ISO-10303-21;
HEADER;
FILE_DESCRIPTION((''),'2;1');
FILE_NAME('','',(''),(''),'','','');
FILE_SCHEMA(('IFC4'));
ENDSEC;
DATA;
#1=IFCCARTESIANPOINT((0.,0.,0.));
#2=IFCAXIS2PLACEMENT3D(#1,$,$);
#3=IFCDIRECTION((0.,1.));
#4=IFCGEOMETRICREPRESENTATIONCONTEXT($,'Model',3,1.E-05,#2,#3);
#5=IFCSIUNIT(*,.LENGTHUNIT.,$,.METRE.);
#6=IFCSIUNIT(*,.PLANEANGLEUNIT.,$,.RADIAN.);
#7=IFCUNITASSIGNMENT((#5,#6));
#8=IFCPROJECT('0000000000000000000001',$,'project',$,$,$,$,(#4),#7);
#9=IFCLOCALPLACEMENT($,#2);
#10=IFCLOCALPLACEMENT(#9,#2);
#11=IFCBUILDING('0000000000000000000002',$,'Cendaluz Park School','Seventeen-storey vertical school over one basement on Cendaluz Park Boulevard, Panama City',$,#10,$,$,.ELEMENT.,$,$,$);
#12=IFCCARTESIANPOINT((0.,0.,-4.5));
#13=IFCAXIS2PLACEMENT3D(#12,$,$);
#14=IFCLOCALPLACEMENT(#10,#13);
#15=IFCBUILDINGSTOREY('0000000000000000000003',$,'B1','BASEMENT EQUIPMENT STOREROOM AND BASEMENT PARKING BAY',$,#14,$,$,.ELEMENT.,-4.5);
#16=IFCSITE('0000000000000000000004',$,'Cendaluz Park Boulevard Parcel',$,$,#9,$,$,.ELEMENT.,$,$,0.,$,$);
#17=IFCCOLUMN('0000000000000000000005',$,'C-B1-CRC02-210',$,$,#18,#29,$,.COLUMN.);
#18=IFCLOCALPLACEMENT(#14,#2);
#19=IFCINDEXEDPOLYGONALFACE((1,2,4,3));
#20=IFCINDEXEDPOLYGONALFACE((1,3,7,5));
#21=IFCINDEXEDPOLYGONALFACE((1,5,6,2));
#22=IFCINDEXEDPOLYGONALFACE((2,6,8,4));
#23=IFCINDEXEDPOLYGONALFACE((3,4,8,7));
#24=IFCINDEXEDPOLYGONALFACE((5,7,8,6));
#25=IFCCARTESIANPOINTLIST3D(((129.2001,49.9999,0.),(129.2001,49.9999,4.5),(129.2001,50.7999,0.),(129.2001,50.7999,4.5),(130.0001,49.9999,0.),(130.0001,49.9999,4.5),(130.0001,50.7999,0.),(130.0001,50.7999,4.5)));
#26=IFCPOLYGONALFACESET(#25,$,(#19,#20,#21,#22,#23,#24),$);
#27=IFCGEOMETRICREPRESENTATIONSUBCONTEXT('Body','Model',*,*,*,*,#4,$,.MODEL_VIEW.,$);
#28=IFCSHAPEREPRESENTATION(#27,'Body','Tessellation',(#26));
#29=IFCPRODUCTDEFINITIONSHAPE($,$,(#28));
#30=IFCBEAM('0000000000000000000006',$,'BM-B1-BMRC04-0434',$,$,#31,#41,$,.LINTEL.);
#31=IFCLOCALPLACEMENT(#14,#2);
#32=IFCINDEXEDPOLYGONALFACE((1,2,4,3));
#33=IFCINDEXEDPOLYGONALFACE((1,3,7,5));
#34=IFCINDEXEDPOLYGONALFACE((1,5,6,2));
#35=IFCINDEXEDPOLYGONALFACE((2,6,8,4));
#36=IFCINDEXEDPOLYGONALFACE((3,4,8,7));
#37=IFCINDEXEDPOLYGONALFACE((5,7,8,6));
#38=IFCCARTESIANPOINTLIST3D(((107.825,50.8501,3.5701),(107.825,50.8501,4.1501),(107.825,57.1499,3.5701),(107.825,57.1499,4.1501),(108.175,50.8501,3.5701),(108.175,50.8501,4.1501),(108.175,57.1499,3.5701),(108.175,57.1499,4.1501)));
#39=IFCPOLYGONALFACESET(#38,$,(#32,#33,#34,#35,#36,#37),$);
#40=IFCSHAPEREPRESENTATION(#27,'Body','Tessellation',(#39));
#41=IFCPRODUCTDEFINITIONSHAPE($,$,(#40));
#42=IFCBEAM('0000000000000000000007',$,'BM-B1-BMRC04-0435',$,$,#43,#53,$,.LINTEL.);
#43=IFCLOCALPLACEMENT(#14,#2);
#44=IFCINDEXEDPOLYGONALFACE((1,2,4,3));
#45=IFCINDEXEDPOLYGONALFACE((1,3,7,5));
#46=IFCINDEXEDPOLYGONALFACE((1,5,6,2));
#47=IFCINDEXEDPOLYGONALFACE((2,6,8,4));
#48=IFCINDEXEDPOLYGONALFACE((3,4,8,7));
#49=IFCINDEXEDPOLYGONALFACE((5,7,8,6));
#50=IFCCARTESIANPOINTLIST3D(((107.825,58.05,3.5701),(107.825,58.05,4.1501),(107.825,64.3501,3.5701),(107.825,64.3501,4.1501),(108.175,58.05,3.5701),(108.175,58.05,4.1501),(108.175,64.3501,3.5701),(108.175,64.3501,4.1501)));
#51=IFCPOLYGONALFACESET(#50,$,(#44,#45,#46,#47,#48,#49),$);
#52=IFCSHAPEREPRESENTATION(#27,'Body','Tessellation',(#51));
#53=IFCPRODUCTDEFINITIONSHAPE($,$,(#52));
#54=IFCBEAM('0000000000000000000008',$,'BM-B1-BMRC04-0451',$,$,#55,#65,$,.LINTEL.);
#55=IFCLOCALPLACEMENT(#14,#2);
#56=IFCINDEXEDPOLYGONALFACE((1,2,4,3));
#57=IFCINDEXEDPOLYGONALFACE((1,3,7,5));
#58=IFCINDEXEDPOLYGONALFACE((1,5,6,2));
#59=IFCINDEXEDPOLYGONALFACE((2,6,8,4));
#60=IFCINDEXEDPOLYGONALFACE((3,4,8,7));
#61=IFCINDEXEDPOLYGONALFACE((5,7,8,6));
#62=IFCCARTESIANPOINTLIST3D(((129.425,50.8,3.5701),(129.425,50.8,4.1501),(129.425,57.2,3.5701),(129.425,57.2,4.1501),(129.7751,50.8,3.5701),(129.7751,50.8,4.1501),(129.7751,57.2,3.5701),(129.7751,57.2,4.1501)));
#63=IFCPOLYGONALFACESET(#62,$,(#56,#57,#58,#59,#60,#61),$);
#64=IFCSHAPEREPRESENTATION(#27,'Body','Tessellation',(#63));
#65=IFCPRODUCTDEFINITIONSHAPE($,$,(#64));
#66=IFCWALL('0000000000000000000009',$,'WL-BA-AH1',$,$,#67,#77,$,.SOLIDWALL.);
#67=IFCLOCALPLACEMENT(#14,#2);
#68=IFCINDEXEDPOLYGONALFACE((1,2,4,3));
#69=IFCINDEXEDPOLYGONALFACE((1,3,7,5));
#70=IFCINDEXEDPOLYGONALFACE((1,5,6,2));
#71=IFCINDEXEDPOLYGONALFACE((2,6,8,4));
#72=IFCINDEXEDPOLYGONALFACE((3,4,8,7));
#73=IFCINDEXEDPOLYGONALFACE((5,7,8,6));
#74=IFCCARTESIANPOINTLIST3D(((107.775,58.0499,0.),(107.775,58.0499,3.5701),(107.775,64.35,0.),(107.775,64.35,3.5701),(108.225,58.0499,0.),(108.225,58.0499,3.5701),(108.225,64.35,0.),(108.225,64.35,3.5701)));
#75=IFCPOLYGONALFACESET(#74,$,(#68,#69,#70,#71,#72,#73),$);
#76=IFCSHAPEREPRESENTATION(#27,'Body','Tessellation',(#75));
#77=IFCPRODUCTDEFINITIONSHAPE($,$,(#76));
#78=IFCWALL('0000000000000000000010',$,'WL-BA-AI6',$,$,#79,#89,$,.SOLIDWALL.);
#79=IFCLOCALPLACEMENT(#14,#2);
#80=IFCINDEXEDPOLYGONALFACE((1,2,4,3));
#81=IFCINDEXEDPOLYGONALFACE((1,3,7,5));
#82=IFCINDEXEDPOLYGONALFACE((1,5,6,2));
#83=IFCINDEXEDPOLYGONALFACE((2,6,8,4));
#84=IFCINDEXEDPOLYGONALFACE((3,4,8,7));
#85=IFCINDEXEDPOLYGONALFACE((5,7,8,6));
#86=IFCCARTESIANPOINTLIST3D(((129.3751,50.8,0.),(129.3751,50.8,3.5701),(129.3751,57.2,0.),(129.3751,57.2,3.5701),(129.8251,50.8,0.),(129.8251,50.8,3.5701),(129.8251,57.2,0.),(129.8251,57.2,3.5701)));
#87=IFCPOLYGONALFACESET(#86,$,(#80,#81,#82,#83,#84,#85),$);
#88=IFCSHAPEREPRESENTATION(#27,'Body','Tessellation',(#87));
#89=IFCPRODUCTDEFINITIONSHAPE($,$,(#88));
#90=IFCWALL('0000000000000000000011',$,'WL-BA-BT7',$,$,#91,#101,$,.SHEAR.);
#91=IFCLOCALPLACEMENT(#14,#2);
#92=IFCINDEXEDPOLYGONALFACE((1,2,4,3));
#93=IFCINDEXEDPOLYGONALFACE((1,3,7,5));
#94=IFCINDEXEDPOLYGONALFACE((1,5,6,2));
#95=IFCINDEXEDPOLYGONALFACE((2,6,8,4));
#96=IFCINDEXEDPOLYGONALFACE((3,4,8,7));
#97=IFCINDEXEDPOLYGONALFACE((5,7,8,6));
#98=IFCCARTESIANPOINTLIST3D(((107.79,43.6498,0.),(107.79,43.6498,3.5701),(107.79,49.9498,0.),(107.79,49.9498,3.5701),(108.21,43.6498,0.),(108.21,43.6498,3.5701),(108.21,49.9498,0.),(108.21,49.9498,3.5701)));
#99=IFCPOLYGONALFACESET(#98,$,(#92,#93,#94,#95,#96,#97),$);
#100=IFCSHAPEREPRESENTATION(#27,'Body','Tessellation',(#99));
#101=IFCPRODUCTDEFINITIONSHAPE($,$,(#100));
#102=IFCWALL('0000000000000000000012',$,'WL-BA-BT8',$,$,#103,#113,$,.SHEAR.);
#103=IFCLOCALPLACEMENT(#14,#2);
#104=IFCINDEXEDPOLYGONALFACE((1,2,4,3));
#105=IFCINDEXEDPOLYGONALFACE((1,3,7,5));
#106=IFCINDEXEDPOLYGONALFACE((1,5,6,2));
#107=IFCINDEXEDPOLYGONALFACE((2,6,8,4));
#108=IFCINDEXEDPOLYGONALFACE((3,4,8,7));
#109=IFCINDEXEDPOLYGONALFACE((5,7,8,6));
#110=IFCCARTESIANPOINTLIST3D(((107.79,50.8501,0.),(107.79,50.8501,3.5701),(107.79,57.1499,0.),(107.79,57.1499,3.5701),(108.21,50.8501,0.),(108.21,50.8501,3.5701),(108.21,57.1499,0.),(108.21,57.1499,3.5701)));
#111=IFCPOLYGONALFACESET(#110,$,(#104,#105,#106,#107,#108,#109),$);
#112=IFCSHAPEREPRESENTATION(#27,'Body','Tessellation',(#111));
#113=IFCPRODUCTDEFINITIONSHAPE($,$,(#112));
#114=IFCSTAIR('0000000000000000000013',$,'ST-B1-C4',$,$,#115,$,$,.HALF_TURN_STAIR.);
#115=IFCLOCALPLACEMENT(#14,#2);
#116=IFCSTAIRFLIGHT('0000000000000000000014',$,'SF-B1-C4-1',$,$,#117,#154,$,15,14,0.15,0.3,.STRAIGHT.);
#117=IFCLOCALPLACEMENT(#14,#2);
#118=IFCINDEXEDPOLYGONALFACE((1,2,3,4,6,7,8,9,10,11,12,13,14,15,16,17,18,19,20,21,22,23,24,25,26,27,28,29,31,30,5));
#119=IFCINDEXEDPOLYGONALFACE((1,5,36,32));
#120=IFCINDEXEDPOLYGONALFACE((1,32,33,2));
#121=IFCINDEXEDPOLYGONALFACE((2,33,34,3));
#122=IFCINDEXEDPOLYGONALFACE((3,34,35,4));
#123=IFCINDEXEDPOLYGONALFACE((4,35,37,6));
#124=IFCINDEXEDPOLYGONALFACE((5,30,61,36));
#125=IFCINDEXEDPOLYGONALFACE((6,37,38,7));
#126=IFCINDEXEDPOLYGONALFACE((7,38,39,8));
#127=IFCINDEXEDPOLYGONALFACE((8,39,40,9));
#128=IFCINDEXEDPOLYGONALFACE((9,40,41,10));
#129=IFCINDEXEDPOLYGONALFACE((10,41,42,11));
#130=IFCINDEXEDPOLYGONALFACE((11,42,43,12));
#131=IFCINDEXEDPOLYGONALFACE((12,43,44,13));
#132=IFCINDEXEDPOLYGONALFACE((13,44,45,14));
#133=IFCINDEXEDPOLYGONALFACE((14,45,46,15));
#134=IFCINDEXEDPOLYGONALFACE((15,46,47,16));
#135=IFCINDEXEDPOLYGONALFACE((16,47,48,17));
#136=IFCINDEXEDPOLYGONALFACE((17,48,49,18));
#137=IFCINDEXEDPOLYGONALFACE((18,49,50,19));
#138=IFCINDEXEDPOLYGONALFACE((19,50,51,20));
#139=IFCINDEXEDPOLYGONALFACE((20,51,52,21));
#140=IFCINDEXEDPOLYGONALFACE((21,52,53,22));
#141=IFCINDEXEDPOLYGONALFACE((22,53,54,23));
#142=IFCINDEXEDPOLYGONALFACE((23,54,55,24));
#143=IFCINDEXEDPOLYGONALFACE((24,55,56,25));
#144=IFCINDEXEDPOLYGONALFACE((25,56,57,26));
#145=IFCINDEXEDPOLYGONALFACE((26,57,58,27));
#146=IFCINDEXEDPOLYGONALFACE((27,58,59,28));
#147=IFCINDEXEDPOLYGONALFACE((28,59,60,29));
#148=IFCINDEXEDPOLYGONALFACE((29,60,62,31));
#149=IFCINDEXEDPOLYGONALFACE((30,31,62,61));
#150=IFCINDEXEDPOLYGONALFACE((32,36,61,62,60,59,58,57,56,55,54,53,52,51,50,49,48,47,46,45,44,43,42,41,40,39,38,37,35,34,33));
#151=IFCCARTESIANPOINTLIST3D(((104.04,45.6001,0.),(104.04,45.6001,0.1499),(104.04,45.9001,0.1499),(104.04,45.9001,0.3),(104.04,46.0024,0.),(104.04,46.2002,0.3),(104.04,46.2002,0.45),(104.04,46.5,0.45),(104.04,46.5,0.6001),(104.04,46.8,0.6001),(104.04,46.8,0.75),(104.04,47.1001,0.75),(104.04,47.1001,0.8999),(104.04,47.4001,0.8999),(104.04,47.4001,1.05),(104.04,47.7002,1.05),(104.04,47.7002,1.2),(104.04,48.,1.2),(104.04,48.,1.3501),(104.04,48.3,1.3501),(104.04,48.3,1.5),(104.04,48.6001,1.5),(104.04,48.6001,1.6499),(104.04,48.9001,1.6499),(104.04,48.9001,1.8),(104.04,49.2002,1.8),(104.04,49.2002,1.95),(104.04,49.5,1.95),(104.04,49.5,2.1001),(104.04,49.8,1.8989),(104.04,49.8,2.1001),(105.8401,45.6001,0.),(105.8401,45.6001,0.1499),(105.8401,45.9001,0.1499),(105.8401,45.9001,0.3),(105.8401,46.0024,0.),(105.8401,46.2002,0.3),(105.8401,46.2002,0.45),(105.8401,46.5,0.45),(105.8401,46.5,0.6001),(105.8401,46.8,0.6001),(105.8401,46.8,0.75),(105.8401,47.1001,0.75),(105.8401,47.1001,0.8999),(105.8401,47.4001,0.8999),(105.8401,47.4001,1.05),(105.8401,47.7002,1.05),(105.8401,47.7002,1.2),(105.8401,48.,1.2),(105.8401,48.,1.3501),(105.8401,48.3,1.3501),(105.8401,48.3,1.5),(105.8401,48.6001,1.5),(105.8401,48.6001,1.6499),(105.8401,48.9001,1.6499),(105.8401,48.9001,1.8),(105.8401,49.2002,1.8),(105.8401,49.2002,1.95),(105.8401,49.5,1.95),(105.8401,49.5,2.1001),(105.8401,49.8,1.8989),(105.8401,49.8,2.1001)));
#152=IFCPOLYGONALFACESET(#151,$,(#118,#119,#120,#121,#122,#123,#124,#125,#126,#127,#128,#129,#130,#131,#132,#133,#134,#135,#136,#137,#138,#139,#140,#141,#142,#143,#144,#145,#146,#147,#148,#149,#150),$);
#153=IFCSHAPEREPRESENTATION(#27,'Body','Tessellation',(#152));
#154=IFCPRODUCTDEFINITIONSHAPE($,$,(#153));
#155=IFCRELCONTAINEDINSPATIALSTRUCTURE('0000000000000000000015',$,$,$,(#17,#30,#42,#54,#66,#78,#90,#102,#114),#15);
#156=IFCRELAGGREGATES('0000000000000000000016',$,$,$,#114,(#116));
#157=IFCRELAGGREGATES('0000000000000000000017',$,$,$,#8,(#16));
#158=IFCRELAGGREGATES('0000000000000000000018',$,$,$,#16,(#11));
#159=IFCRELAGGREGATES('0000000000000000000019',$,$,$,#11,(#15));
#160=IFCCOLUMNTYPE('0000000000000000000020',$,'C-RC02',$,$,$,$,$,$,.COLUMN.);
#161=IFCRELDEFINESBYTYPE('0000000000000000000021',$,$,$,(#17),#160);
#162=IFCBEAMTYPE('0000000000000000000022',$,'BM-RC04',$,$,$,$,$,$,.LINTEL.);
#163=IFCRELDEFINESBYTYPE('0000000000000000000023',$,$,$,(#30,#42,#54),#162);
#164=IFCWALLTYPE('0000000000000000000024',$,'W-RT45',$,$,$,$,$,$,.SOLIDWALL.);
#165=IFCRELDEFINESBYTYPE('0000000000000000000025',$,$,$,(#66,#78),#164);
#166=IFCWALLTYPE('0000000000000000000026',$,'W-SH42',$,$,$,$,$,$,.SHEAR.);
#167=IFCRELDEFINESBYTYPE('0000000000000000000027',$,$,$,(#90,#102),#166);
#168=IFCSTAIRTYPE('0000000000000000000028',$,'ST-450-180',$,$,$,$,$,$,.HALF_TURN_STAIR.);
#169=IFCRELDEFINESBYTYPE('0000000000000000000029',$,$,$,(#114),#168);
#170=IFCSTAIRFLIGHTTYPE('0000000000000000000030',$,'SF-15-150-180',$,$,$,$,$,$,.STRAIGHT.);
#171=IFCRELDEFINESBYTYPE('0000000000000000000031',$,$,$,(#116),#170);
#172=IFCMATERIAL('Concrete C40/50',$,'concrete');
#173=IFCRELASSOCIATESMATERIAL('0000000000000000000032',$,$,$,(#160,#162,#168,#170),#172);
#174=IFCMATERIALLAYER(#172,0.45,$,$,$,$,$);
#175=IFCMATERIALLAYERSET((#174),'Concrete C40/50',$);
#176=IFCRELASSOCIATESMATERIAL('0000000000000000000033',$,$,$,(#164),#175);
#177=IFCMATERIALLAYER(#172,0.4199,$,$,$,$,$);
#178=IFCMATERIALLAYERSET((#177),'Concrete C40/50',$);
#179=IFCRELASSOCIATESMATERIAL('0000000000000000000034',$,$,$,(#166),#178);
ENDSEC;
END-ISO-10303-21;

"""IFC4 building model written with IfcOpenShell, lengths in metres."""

from ifc_helpers import new_model, si_unit, direction, frame, frame_2d, origin, origin_2d, place, context, subcontext, project, spatial, polyline, rectangle, outline, extrude, material, layer, layer_set, material_profile, profile_set, type_object, element, aggregate, save


model = new_model("IFC4")

# Units and contexts
model_context = context("Model", 3, precision=1e-05, world=origin(), true_north=direction((0.0, 1.0)))
body_context = subcontext(model_context, "Body", "Model", "MODEL_VIEW")
ifc_project = project(units=[si_unit("LENGTHUNIT", "METRE"), si_unit("PLANEANGLEUNIT", "RADIAN")], contexts=[model_context])

# Site, building, storey
site_placement = place(None, origin())
site = spatial("IfcSite", under=ifc_project, at=site_placement, Name="Cendaluz Park Boulevard Parcel", CompositionType="ELEMENT", RefElevation=0.0)
building_placement = place(site_placement, origin())
building = spatial("IfcBuilding", under=site, at=building_placement, Name="Cendaluz Park School", Description="Seventeen-storey vertical school over one basement on Cendaluz Park Boulevard, Panama City", CompositionType="ELEMENT")
storey_placement = place(building_placement, frame((0.0, 0.0, -4.5)))
storey = spatial("IfcBuildingStorey", under=building, at=storey_placement, Name="B1", Description="BASEMENT EQUIPMENT STOREROOM AND BASEMENT PARKING BAY", CompositionType="ELEMENT", Elevation=-4.5)

# Shared definitions
ifc_material_1 = material(Name="Concrete C40/50", Category="concrete")

# Column
ifc_material_profile_1 = material_profile(ifc_material_1, rectangle(XDim=0.8, YDim=0.8, at=origin_2d()), Name="RC 800x800", Category="concrete")
ifc_profile_set_1 = profile_set([ifc_material_profile_1], Name="Concrete C40/50")
column_type_1 = type_object("IfcColumnType", Name="C-RC02", PredefinedType="COLUMN", material=ifc_profile_set_1)
column_placement = place(storey_placement, frame((129.6001, 50.3999, 0.0), z_axis=(0.0, 0.0, 1.0), x_axis=(1.0, 0.0, 0.0)))
element("IfcColumn", 1, at=column_placement, inside=storey, type_object=column_type_1, Name="C-B1-CRC02-210", PredefinedType="COLUMN", context=body_context, shape_type="SweptSolid", body=[
    extrude(rectangle(XDim=0.8, YDim=0.8, at=origin_2d()), origin(), (0.0, 0.0, 1.0), 4.5),
])

# Beams
ifc_material_profile_2 = material_profile(ifc_material_1, rectangle(XDim=0.3501, YDim=0.5801, at=origin_2d()), Name="RC 350x580", Category="concrete")
ifc_profile_set_2 = profile_set([ifc_material_profile_2], Name="Concrete C40/50")
beam_type = type_object("IfcBeamType", Name="BM-RC04", PredefinedType="LINTEL", material=ifc_profile_set_2)
beam_1_placement = place(storey_placement, frame((108.0, 50.8501, 3.8601), z_axis=(0.0, 1.0, 0.0), x_axis=(-1.0, 0.0, 0.0)))
element("IfcBeam", 2, at=beam_1_placement, inside=storey, type_object=beam_type, Name="BM-B1-BMRC04-0434", PredefinedType="LINTEL", context=body_context, shape_type="SweptSolid", body=[
    extrude(rectangle(XDim=0.3501, YDim=0.5801, at=origin_2d()), origin(), (0.0, 0.0, 1.0), 6.2998),
])
beam_2_placement = place(storey_placement, frame((108.0, 58.05, 3.8601), z_axis=(0.0, 1.0, 0.0), x_axis=(-1.0, 0.0, 0.0)))
element("IfcBeam", 3, at=beam_2_placement, inside=storey, type_object=beam_type, Name="BM-B1-BMRC04-0435", PredefinedType="LINTEL", context=body_context, shape_type="SweptSolid", body=[
    extrude(rectangle(XDim=0.3501, YDim=0.5801, at=origin_2d()), origin(), (0.0, 0.0, 1.0), 6.3),
])
beam_3_placement = place(storey_placement, frame((129.6001, 50.8, 3.8601), z_axis=(0.0, 1.0, 0.0), x_axis=(-1.0, 0.0, 0.0)))
element("IfcBeam", 4, at=beam_3_placement, inside=storey, type_object=beam_type, Name="BM-B1-BMRC04-0451", PredefinedType="LINTEL", context=body_context, shape_type="SweptSolid", body=[
    extrude(rectangle(XDim=0.3501, YDim=0.5801, at=origin_2d()), origin(), (0.0, 0.0, 1.0), 6.3999),
])

# Walls
ifc_layer_1 = layer(ifc_material_1, 0.45)
ifc_layer_set_1 = layer_set([ifc_layer_1], Name="Concrete C40/50")
wall_type_1 = type_object("IfcWallType", Name="W-RT45", PredefinedType="SOLIDWALL", material=ifc_layer_set_1)
wall_1_placement = place(storey_placement, frame((108.0, 58.05, 0.0), z_axis=(0.0, 0.0, 1.0), x_axis=(0.0, 1.0, 0.0)))
element("IfcWall", 5, at=wall_1_placement, inside=storey, type_object=wall_type_1, Name="WL-BA-AH1", PredefinedType="SOLIDWALL", context=body_context, shape_type="SweptSolid", body=[
    extrude(rectangle(XDim=6.3, YDim=0.45, at=frame_2d((3.1499, 0.0))), origin(), (0.0, 0.0, 1.0), 3.5701),
])
wall_2_placement = place(storey_placement, frame((129.6001, 50.8, 0.0), z_axis=(0.0, 0.0, 1.0), x_axis=(0.0, 1.0, 0.0)))
element("IfcWall", 6, at=wall_2_placement, inside=storey, type_object=wall_type_1, Name="WL-BA-AI6", PredefinedType="SOLIDWALL", context=body_context, shape_type="SweptSolid", body=[
    extrude(rectangle(XDim=6.3999, YDim=0.45, at=frame_2d((3.2, 0.0))), origin(), (0.0, 0.0, 1.0), 3.5701),
])
ifc_layer_2 = layer(ifc_material_1, 0.4199)
ifc_layer_set_2 = layer_set([ifc_layer_2], Name="Concrete C40/50")
wall_type_2 = type_object("IfcWallType", Name="W-SH42", PredefinedType="SHEAR", material=ifc_layer_set_2)
wall_3_placement = place(storey_placement, frame((108.0, 43.6499, 0.0), z_axis=(0.0, 0.0, 1.0), x_axis=(0.0, 1.0, 0.0)))
element("IfcWall", 7, at=wall_3_placement, inside=storey, type_object=wall_type_2, Name="WL-BA-BT7", PredefinedType="SHEAR", context=body_context, shape_type="SweptSolid", body=[
    extrude(rectangle(XDim=6.3, YDim=0.4199, at=frame_2d((3.1499, 0.0))), origin(), (0.0, 0.0, 1.0), 3.5701),
])
wall_4_placement = place(storey_placement, frame((108.0, 50.8501, 0.0), z_axis=(0.0, 0.0, 1.0), x_axis=(0.0, 1.0, 0.0)))
element("IfcWall", 8, at=wall_4_placement, inside=storey, type_object=wall_type_2, Name="WL-BA-BT8", PredefinedType="SHEAR", context=body_context, shape_type="SweptSolid", body=[
    extrude(rectangle(XDim=6.2998, YDim=0.4199, at=frame_2d((3.1499, 0.0))), origin(), (0.0, 0.0, 1.0), 3.5701),
])

# Stair, stair flight
stair_type = type_object("IfcStairType", Name="ST-450-180", PredefinedType="HALF_TURN_STAIR", material=ifc_material_1)
stair_placement = place(storey_placement, origin())
stair = element("IfcStair", 9, at=stair_placement, inside=storey, type_object=stair_type, Name="ST-B1-C4", PredefinedType="HALF_TURN_STAIR")
stair_flight_type = type_object("IfcStairFlightType", Name="SF-15-150-180", PredefinedType="STRAIGHT", material=ifc_material_1)
stair_flight_1_placement = place(storey_placement, frame((104.9399, 45.6001, 0.0), z_axis=(0.0, 0.0, 1.0), x_axis=(0.0, 1.0, 0.0)))
stair_flight_1 = element("IfcStairFlight", 10, at=stair_flight_1_placement, type_object=stair_flight_type, Name="SF-B1-C4-1", NumberOfRisers=15, NumberOfTreads=14, PredefinedType="STRAIGHT", RiserHeight=0.15, TreadLength=0.3, context=body_context, shape_type="SweptSolid", body=[
    extrude(outline(polyline([(0.0, 0.0), (0.0, 0.1499), (0.3, 0.1499), (0.3, 0.3), (0.6001, 0.3), (0.6001, 0.45), (0.8999, 0.45), (0.8999, 0.6001), (1.2, 0.6001), (1.2, 0.75), (1.5, 0.75), (1.5, 0.8999), (1.8, 0.8999), (1.8, 1.05), (2.1001, 1.05), (2.1001, 1.2), (2.3999, 1.2), (2.3999, 1.3501), (2.7, 1.3501), (2.7, 1.5), (3.0, 1.5), (3.0, 1.6499), (3.3, 1.6499), (3.3, 1.8), (3.6001, 1.8), (3.6001, 1.95), (3.8999, 1.95), (3.8999, 2.1001), (4.2, 2.1001), (4.2, 2.25), (4.2, 1.8989), (0.4023, 0.0), (0.0, 0.0)])), frame((0.0, 0.8999, 0.0), z_axis=(0.0, -1.0, 0.0), x_axis=(1.0, 0.0, 0.0)), (0.0, 0.0, 1.0), 1.8),
])
aggregate(stair, [stair_flight_1])

save(model, "model.ifc")
